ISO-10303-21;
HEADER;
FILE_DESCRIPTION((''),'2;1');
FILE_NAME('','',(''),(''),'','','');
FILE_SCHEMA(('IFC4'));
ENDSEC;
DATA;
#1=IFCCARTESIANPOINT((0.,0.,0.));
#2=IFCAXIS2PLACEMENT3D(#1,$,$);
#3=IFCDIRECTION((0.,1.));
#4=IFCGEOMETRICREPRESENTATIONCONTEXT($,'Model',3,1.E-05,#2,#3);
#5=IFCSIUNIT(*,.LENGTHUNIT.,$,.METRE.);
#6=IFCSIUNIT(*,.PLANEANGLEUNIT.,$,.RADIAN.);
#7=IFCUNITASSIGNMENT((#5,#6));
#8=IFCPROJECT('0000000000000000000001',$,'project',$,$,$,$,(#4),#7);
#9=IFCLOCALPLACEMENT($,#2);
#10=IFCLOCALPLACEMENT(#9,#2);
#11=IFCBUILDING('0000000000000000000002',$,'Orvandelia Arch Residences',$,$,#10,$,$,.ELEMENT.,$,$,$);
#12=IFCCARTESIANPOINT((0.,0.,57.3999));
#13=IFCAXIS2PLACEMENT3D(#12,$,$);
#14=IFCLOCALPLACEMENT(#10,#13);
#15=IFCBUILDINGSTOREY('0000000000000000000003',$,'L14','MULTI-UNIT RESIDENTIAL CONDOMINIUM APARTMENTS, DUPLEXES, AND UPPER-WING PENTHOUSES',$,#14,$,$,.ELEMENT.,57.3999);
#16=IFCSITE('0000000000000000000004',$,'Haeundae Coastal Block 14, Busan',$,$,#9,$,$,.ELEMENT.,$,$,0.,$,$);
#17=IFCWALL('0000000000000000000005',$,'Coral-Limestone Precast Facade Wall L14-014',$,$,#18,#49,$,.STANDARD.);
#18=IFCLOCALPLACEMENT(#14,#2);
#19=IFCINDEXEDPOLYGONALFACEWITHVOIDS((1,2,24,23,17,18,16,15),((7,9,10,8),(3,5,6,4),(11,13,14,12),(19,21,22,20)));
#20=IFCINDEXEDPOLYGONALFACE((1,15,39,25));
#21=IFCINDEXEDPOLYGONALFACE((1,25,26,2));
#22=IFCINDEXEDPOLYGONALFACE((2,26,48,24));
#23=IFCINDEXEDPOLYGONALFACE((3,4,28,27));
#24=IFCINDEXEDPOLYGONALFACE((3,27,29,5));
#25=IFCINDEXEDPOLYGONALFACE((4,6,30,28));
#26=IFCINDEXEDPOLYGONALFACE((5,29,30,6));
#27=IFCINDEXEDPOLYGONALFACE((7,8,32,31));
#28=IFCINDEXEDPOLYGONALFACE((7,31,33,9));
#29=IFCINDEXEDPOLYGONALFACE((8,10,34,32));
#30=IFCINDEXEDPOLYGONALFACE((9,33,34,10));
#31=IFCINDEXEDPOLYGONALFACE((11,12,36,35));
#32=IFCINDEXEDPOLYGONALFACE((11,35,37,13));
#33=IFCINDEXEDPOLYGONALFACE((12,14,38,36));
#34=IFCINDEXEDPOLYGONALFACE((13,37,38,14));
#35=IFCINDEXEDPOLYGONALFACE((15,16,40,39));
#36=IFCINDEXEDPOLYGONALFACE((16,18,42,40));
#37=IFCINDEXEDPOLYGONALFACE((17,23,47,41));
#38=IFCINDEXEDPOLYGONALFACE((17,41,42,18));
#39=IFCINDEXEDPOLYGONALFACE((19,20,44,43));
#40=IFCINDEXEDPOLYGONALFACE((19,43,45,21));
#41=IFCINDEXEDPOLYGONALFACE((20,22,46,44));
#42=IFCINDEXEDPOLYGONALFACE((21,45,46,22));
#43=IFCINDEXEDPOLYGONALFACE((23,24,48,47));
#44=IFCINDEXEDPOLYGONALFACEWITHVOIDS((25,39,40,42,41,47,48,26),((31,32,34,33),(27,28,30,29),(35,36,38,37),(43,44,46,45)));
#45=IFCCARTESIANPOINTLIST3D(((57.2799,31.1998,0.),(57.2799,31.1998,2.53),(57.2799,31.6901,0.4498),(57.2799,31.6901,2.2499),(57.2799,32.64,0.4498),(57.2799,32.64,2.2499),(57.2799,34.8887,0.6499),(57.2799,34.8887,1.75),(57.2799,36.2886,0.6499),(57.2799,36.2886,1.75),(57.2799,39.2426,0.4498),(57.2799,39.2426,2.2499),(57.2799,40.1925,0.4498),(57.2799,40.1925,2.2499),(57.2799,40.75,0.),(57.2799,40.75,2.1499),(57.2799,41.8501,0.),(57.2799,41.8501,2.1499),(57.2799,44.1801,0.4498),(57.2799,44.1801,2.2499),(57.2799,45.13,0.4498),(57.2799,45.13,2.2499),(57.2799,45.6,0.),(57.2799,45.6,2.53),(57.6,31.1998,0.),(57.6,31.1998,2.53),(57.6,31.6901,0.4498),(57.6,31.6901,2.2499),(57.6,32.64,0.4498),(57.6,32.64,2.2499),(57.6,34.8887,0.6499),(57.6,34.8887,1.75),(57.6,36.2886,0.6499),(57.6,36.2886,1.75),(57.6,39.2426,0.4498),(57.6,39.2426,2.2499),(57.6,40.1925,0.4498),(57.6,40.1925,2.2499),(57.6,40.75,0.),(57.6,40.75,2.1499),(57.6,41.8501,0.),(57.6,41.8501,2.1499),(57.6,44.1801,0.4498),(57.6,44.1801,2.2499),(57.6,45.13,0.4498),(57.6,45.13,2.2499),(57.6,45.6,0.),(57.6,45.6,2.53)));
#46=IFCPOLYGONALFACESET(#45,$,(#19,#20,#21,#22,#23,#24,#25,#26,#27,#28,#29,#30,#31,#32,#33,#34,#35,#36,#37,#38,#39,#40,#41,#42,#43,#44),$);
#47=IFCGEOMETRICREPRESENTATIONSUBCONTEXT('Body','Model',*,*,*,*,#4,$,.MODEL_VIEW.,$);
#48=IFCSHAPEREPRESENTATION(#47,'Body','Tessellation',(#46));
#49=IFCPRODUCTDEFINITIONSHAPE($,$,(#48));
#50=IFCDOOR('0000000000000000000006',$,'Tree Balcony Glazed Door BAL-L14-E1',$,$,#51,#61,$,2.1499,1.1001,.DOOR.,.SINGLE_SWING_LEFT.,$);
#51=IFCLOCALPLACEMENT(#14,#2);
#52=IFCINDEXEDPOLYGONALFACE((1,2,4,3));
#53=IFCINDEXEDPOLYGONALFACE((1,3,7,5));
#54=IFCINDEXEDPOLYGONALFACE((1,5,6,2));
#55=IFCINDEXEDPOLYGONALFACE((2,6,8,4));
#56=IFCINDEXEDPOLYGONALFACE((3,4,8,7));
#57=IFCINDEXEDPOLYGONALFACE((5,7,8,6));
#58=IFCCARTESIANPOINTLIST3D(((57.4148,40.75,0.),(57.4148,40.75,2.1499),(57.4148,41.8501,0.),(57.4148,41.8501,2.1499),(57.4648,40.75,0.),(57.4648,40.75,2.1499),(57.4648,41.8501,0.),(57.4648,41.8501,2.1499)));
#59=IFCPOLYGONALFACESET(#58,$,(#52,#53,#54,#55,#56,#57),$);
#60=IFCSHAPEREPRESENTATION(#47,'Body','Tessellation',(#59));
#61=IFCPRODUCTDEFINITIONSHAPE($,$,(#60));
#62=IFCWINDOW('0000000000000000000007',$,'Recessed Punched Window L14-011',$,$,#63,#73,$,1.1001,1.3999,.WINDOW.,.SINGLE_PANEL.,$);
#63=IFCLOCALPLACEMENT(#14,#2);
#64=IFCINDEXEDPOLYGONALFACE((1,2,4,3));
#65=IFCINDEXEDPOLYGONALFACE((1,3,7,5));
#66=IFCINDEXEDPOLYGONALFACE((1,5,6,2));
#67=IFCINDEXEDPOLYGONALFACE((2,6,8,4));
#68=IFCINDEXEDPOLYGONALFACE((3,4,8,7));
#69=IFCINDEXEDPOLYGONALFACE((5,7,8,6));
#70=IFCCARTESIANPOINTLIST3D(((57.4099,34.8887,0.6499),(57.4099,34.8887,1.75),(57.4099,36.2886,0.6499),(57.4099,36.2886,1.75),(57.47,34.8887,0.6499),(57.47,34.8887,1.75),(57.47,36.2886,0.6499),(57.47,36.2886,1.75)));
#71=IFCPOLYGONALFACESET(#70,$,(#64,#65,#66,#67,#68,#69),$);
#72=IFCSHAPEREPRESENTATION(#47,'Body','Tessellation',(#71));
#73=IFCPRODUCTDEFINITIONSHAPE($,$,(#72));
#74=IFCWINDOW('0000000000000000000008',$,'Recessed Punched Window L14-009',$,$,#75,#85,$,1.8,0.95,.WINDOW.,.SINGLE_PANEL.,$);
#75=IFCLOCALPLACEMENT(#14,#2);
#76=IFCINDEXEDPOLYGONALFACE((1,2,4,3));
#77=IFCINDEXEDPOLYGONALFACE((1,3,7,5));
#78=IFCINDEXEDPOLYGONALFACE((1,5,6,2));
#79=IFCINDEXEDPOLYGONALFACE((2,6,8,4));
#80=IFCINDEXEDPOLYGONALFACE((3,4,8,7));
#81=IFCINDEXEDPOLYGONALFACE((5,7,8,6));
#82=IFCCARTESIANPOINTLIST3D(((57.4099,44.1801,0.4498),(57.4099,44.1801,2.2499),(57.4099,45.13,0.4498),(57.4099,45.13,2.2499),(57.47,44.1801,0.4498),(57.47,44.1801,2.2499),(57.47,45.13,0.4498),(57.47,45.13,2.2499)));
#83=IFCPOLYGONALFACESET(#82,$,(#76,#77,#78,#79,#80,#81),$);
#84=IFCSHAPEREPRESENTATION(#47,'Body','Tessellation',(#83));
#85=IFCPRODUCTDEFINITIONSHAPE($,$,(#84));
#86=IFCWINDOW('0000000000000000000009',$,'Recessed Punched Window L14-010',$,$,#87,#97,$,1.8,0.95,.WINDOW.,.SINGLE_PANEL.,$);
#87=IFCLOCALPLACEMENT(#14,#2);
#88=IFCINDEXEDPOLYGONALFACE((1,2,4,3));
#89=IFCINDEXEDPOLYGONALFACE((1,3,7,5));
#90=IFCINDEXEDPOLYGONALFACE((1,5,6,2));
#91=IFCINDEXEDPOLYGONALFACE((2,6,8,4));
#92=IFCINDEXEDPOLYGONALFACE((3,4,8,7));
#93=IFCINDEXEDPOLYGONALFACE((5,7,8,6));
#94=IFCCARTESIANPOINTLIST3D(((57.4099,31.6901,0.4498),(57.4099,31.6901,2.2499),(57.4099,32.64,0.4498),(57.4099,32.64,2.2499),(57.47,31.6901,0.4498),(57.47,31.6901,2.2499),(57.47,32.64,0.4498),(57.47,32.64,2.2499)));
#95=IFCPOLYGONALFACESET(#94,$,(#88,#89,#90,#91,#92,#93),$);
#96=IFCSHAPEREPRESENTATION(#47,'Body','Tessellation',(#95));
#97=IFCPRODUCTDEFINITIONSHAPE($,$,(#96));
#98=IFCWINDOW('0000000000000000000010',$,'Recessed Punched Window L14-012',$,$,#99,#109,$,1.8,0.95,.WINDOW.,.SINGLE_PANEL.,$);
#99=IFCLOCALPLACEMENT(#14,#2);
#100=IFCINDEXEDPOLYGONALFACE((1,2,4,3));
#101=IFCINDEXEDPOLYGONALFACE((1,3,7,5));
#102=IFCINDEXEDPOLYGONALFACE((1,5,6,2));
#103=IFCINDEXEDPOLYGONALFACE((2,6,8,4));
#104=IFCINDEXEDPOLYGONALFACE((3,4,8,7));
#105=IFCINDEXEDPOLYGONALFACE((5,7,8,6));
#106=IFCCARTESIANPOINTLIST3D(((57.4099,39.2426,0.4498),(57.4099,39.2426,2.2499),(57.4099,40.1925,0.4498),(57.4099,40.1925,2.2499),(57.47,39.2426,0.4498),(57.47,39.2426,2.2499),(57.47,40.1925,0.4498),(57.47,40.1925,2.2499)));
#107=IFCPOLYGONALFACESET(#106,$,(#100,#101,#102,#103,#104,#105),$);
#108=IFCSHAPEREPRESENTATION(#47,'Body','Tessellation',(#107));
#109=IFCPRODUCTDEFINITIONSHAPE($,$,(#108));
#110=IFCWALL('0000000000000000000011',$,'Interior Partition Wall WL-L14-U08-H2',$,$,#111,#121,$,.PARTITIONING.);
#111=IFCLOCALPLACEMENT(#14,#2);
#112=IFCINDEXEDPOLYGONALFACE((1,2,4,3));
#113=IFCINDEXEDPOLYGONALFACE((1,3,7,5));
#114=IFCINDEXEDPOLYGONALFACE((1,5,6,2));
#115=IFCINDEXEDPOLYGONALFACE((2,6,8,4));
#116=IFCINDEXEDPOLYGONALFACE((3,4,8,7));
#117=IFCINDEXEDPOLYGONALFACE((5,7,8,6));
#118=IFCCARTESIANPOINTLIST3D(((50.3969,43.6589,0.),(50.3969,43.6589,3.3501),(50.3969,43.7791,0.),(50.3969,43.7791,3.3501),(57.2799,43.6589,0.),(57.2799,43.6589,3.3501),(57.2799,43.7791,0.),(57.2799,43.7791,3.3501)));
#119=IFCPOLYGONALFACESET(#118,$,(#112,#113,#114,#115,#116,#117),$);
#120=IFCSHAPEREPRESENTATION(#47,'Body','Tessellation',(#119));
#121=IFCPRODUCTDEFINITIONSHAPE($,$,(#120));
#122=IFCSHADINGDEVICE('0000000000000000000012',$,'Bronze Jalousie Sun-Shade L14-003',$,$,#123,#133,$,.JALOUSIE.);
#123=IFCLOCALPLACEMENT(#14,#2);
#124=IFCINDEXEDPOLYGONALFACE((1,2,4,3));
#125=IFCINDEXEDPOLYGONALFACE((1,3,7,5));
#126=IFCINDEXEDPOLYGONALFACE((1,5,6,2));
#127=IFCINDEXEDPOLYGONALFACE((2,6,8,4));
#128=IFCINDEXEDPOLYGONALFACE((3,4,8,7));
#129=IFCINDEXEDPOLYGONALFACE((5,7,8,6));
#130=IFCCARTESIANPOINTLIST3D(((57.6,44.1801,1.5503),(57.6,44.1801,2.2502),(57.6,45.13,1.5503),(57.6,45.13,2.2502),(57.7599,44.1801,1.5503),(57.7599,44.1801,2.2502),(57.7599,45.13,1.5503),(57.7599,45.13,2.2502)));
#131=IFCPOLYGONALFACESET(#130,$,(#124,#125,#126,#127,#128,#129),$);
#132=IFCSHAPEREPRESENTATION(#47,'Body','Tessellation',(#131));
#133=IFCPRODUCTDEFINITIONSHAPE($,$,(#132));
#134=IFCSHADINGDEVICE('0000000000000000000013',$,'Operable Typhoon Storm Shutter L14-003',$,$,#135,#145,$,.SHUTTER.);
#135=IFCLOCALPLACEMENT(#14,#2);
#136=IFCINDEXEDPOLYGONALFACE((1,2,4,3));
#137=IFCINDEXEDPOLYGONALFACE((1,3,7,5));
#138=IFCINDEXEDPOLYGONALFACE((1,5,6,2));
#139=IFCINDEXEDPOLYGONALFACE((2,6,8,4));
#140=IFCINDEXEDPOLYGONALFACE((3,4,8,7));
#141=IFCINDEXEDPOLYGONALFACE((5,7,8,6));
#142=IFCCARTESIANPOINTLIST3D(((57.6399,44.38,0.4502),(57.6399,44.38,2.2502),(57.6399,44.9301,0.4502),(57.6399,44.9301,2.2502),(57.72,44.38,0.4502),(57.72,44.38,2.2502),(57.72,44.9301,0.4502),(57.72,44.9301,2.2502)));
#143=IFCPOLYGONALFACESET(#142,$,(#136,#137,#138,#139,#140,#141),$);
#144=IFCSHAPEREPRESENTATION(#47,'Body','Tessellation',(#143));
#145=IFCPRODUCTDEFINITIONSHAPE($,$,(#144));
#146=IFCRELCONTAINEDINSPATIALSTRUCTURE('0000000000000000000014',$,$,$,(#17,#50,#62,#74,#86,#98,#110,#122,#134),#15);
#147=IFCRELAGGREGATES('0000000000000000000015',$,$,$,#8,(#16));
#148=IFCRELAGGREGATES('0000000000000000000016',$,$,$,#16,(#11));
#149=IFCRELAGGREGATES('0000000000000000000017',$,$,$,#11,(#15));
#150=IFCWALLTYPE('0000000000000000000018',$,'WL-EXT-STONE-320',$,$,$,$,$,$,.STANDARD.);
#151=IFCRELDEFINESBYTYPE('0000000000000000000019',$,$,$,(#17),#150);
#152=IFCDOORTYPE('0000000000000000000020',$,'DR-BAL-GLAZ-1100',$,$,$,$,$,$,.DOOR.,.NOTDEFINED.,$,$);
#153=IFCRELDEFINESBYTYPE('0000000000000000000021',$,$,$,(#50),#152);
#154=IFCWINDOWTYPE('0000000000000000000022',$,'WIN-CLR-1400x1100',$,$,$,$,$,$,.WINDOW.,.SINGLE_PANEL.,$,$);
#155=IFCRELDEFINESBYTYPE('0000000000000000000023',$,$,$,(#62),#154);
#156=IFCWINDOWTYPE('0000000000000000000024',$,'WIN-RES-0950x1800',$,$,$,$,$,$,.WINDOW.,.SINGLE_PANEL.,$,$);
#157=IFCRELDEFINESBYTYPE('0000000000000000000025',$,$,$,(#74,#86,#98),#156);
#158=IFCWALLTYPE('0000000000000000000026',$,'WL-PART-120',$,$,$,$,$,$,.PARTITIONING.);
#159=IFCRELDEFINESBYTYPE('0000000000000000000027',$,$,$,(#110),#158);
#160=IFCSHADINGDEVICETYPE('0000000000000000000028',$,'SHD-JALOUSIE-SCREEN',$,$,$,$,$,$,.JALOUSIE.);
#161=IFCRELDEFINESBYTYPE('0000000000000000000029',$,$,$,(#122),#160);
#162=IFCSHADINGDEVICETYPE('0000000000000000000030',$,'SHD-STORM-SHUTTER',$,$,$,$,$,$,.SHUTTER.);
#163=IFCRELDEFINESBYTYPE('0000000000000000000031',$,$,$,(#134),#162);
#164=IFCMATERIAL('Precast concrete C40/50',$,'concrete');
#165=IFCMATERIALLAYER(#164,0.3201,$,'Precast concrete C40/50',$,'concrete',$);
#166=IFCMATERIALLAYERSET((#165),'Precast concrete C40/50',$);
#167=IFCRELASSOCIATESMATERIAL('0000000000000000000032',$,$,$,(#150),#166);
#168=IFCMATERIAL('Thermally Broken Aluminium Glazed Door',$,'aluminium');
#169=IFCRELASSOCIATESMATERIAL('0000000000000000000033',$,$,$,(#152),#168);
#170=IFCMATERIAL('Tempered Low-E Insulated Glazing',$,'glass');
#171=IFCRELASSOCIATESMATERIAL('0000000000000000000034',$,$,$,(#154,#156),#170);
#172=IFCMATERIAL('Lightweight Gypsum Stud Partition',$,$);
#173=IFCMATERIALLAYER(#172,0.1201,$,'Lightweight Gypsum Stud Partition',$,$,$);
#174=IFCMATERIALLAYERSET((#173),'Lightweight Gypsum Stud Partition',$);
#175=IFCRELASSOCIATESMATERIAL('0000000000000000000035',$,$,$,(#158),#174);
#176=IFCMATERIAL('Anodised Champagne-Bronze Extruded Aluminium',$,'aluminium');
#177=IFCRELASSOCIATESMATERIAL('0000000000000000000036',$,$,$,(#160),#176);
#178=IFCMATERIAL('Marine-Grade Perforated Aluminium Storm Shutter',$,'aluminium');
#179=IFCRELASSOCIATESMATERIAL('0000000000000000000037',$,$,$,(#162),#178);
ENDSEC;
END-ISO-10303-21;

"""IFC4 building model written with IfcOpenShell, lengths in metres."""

from ifc_helpers import new_model, si_unit, direction, frame, frame_2d, origin, origin_2d, place, context, subcontext, project, spatial, rectangle, extrude, material, layer, layer_set, type_object, element, fill, save


model = new_model("IFC4")

# Units and contexts
model_context = context("Model", 3, precision=1e-05, world=origin(), true_north=direction((0.0, 1.0)))
body_context = subcontext(model_context, "Body", "Model", "MODEL_VIEW")
ifc_project = project(units=[si_unit("LENGTHUNIT", "METRE"), si_unit("PLANEANGLEUNIT", "RADIAN")], contexts=[model_context])

# Site, building, storey
site_placement = place(None, origin())
site = spatial("IfcSite", under=ifc_project, at=site_placement, Name="Haeundae Coastal Block 14, Busan", CompositionType="ELEMENT", RefElevation=0.0)
building_placement = place(site_placement, origin())
building = spatial("IfcBuilding", under=site, at=building_placement, Name="Orvandelia Arch Residences", CompositionType="ELEMENT")
storey_placement = place(building_placement, frame((0.0, 0.0, 57.3999)))
storey = spatial("IfcBuildingStorey", under=building, at=storey_placement, Name="L14", Description="MULTI-UNIT RESIDENTIAL CONDOMINIUM APARTMENTS, DUPLEXES, AND UPPER-WING PENTHOUSES", CompositionType="ELEMENT", Elevation=57.3999)

# Shared definitions
ifc_material_1 = material(Name="Precast concrete C40/50", Category="concrete")
ifc_layer_1 = layer(ifc_material_1, 0.3201, Name="Precast concrete C40/50", Category="concrete")
ifc_layer_set_1 = layer_set([ifc_layer_1], Name="Precast concrete C40/50")
wall_type_1 = type_object("IfcWallType", Name="WL-EXT-STONE-320", PredefinedType="STANDARD", material=ifc_layer_set_1)

# Wall, openings, door, windows
wall_1_placement = place(storey_placement, frame((57.4399, 45.6001, 0.0), z_axis=(0.0, 0.0, 1.0), x_axis=(0.0, -1.0, 0.0)))
wall_1 = element("IfcWall", 1, at=wall_1_placement, inside=storey, type_object=wall_type_1, Name="Coral-Limestone Precast Facade Wall L14-014", PredefinedType="STANDARD", context=body_context, shape_type="SweptSolid", body=[
    extrude(rectangle(XDim=14.4001, YDim=0.3201, at=frame_2d((7.2002, 0.0))), origin(), (0.0, 0.0, 1.0), 2.53),
])
opening_1_placement = place(wall_1_placement, frame((3.75, 0.0, 0.0)))
opening_1 = element("IfcOpeningElement", 2, at=opening_1_placement, cuts=wall_1, PredefinedType="OPENING", context=body_context, shape_type="SweptSolid", body=[
    extrude(rectangle(XDim=1.1001, YDim=2.1499, at=frame_2d((0.55, 1.075))), frame((0.0, 0.1699, 0.0), z_axis=(0.0, -1.0, 0.0), x_axis=(1.0, 0.0, 0.0)), (0.0, 0.0, 1.0), 0.3401),
])
opening_2_placement = place(wall_1_placement, frame((0.47, 0.0, 0.45)))
opening_2 = element("IfcOpeningElement", 3, at=opening_2_placement, cuts=wall_1, PredefinedType="OPENING", context=body_context, shape_type="SweptSolid", body=[
    extrude(rectangle(XDim=0.95, YDim=1.8, at=frame_2d((0.4751, 0.8999))), frame((0.0, 0.1699, 0.0), z_axis=(0.0, -1.0, 0.0), x_axis=(1.0, 0.0, 0.0)), (0.0, 0.0, 1.0), 0.3401),
])
opening_3_placement = place(wall_1_placement, frame((12.96, 0.0, 0.45)))
opening_3 = element("IfcOpeningElement", 4, at=opening_3_placement, cuts=wall_1, PredefinedType="OPENING", context=body_context, shape_type="SweptSolid", body=[
    extrude(rectangle(XDim=0.95, YDim=1.8, at=frame_2d((0.4751, 0.8999))), frame((0.0, 0.1699, 0.0), z_axis=(0.0, -1.0, 0.0), x_axis=(1.0, 0.0, 0.0)), (0.0, 0.0, 1.0), 0.3401),
])
opening_4_placement = place(wall_1_placement, frame((9.3115, 0.0, 0.6499)))
opening_4 = element("IfcOpeningElement", 5, at=opening_4_placement, cuts=wall_1, PredefinedType="OPENING", context=body_context, shape_type="SweptSolid", body=[
    extrude(rectangle(XDim=1.3999, YDim=1.1001, at=frame_2d((0.7, 0.55))), frame((0.0, 0.1699, 0.0), z_axis=(0.0, -1.0, 0.0), x_axis=(1.0, 0.0, 0.0)), (0.0, 0.0, 1.0), 0.3401),
])
opening_5_placement = place(wall_1_placement, frame((5.4075, 0.0, 0.45)))
opening_5 = element("IfcOpeningElement", 6, at=opening_5_placement, cuts=wall_1, PredefinedType="OPENING", context=body_context, shape_type="SweptSolid", body=[
    extrude(rectangle(XDim=0.95, YDim=1.8, at=frame_2d((0.4751, 0.8999))), frame((0.0, 0.1699, 0.0), z_axis=(0.0, -1.0, 0.0), x_axis=(1.0, 0.0, 0.0)), (0.0, 0.0, 1.0), 0.3401),
])
ifc_material_2 = material(Name="Thermally Broken Aluminium Glazed Door", Category="aluminium")
door_type = type_object("IfcDoorType", Name="DR-BAL-GLAZ-1100", OperationType="NOTDEFINED", PredefinedType="DOOR", material=ifc_material_2)
door_placement = place(opening_1_placement, origin())
door = element("IfcDoor", 7, at=door_placement, inside=storey, type_object=door_type, Name="Tree Balcony Glazed Door BAL-L14-E1", OperationType="SINGLE_SWING_LEFT", OverallHeight=2.1499, OverallWidth=1.1001, PredefinedType="DOOR", context=body_context, shape_type="SweptSolid", body=[
    extrude(rectangle(XDim=1.1001, YDim=2.1499, at=frame_2d((0.55, 1.075))), frame((0.0, 0.0249, 0.0), z_axis=(0.0, -1.0, 0.0), x_axis=(1.0, 0.0, 0.0)), (0.0, 0.0, 1.0), 0.05),
])
fill(opening_1, door)
ifc_material_3 = material(Name="Tempered Low-E Insulated Glazing", Category="glass")
window_type_1 = type_object("IfcWindowType", Name="WIN-CLR-1400x1100", PartitioningType="SINGLE_PANEL", PredefinedType="WINDOW", material=ifc_material_3)
window_1_placement = place(opening_4_placement, origin())
window_1 = element("IfcWindow", 8, at=window_1_placement, inside=storey, type_object=window_type_1, Name="Recessed Punched Window L14-011", OverallHeight=1.1001, OverallWidth=1.3999, PartitioningType="SINGLE_PANEL", PredefinedType="WINDOW", context=body_context, shape_type="SweptSolid", body=[
    extrude(rectangle(XDim=1.3999, YDim=1.1001, at=frame_2d((0.7, 0.55))), frame((0.0, 0.03, 0.0), z_axis=(0.0, -1.0, 0.0), x_axis=(1.0, 0.0, 0.0)), (0.0, 0.0, 1.0), 0.0601),
])
fill(opening_4, window_1)
window_type_2 = type_object("IfcWindowType", Name="WIN-RES-0950x1800", PartitioningType="SINGLE_PANEL", PredefinedType="WINDOW", material=ifc_material_3)
window_2_placement = place(opening_2_placement, origin())
window_2 = element("IfcWindow", 9, at=window_2_placement, inside=storey, type_object=window_type_2, Name="Recessed Punched Window L14-009", OverallHeight=1.8, OverallWidth=0.95, PartitioningType="SINGLE_PANEL", PredefinedType="WINDOW", context=body_context, shape_type="SweptSolid", body=[
    extrude(rectangle(XDim=0.95, YDim=1.8, at=frame_2d((0.4751, 0.8999))), frame((0.0, 0.03, 0.0), z_axis=(0.0, -1.0, 0.0), x_axis=(1.0, 0.0, 0.0)), (0.0, 0.0, 1.0), 0.0601),
])
fill(opening_2, window_2)
window_3_placement = place(opening_3_placement, origin())
window_3 = element("IfcWindow", 10, at=window_3_placement, inside=storey, type_object=window_type_2, Name="Recessed Punched Window L14-010", OverallHeight=1.8, OverallWidth=0.95, PartitioningType="SINGLE_PANEL", PredefinedType="WINDOW", context=body_context, shape_type="SweptSolid", body=[
    extrude(rectangle(XDim=0.95, YDim=1.8, at=frame_2d((0.4751, 0.8999))), frame((0.0, 0.03, 0.0), z_axis=(0.0, -1.0, 0.0), x_axis=(1.0, 0.0, 0.0)), (0.0, 0.0, 1.0), 0.0601),
])
fill(opening_3, window_3)
window_4_placement = place(opening_5_placement, origin())
window_4 = element("IfcWindow", 11, at=window_4_placement, inside=storey, type_object=window_type_2, Name="Recessed Punched Window L14-012", OverallHeight=1.8, OverallWidth=0.95, PartitioningType="SINGLE_PANEL", PredefinedType="WINDOW", context=body_context, shape_type="SweptSolid", body=[
    extrude(rectangle(XDim=0.95, YDim=1.8, at=frame_2d((0.4751, 0.8999))), frame((0.0, 0.03, 0.0), z_axis=(0.0, -1.0, 0.0), x_axis=(1.0, 0.0, 0.0)), (0.0, 0.0, 1.0), 0.0601),
])
fill(opening_5, window_4)

# Wall
ifc_material_4 = material(Name="Lightweight Gypsum Stud Partition")
ifc_layer_2 = layer(ifc_material_4, 0.1201, Name="Lightweight Gypsum Stud Partition")
ifc_layer_set_2 = layer_set([ifc_layer_2], Name="Lightweight Gypsum Stud Partition")
wall_type_2 = type_object("IfcWallType", Name="WL-PART-120", PredefinedType="PARTITIONING", material=ifc_layer_set_2)
wall_2_placement = place(storey_placement, frame((50.397, 43.719, 0.0), z_axis=(0.0, 0.0, 1.0), x_axis=(1.0, 0.0, 0.0)))
element("IfcWall", 12, at=wall_2_placement, inside=storey, type_object=wall_type_2, Name="Interior Partition Wall WL-L14-U08-H2", PredefinedType="PARTITIONING", context=body_context, shape_type="SweptSolid", body=[
    extrude(rectangle(XDim=6.8831, YDim=0.1201, at=frame_2d((3.4414, 0.0))), origin(), (0.0, 0.0, 1.0), 3.3501),
])

# Shading devices
ifc_material_5 = material(Name="Anodised Champagne-Bronze Extruded Aluminium", Category="aluminium")
shading_device_type_1 = type_object("IfcShadingDeviceType", Name="SHD-JALOUSIE-SCREEN", PredefinedType="JALOUSIE", material=ifc_material_5)
shading_device_1_placement = place(storey_placement, frame((57.6799, 44.655, 1.5503), z_axis=(0.0, 0.0, 1.0), x_axis=(0.0, -1.0, 0.0)))
element("IfcShadingDevice", 13, at=shading_device_1_placement, inside=storey, type_object=shading_device_type_1, Name="Bronze Jalousie Sun-Shade L14-003", PredefinedType="JALOUSIE", context=body_context, shape_type="SweptSolid", body=[
    extrude(rectangle(XDim=0.95, YDim=0.1599, at=origin_2d()), origin(), (0.0, 0.0, 1.0), 0.7),
])
ifc_material_6 = material(Name="Marine-Grade Perforated Aluminium Storm Shutter", Category="aluminium")
shading_device_type_2 = type_object("IfcShadingDeviceType", Name="SHD-STORM-SHUTTER", PredefinedType="SHUTTER", material=ifc_material_6)
shading_device_2_placement = place(storey_placement, frame((57.6799, 44.655, 0.4502), z_axis=(0.0, 0.0, 1.0), x_axis=(0.0, -1.0, 0.0)))
element("IfcShadingDevice", 14, at=shading_device_2_placement, inside=storey, type_object=shading_device_type_2, Name="Operable Typhoon Storm Shutter L14-003", PredefinedType="SHUTTER", context=body_context, shape_type="SweptSolid", body=[
    extrude(rectangle(XDim=0.55, YDim=0.0801, at=origin_2d()), origin(), (0.0, 0.0, 1.0), 1.8),
])

save(model, "model.ifc")
